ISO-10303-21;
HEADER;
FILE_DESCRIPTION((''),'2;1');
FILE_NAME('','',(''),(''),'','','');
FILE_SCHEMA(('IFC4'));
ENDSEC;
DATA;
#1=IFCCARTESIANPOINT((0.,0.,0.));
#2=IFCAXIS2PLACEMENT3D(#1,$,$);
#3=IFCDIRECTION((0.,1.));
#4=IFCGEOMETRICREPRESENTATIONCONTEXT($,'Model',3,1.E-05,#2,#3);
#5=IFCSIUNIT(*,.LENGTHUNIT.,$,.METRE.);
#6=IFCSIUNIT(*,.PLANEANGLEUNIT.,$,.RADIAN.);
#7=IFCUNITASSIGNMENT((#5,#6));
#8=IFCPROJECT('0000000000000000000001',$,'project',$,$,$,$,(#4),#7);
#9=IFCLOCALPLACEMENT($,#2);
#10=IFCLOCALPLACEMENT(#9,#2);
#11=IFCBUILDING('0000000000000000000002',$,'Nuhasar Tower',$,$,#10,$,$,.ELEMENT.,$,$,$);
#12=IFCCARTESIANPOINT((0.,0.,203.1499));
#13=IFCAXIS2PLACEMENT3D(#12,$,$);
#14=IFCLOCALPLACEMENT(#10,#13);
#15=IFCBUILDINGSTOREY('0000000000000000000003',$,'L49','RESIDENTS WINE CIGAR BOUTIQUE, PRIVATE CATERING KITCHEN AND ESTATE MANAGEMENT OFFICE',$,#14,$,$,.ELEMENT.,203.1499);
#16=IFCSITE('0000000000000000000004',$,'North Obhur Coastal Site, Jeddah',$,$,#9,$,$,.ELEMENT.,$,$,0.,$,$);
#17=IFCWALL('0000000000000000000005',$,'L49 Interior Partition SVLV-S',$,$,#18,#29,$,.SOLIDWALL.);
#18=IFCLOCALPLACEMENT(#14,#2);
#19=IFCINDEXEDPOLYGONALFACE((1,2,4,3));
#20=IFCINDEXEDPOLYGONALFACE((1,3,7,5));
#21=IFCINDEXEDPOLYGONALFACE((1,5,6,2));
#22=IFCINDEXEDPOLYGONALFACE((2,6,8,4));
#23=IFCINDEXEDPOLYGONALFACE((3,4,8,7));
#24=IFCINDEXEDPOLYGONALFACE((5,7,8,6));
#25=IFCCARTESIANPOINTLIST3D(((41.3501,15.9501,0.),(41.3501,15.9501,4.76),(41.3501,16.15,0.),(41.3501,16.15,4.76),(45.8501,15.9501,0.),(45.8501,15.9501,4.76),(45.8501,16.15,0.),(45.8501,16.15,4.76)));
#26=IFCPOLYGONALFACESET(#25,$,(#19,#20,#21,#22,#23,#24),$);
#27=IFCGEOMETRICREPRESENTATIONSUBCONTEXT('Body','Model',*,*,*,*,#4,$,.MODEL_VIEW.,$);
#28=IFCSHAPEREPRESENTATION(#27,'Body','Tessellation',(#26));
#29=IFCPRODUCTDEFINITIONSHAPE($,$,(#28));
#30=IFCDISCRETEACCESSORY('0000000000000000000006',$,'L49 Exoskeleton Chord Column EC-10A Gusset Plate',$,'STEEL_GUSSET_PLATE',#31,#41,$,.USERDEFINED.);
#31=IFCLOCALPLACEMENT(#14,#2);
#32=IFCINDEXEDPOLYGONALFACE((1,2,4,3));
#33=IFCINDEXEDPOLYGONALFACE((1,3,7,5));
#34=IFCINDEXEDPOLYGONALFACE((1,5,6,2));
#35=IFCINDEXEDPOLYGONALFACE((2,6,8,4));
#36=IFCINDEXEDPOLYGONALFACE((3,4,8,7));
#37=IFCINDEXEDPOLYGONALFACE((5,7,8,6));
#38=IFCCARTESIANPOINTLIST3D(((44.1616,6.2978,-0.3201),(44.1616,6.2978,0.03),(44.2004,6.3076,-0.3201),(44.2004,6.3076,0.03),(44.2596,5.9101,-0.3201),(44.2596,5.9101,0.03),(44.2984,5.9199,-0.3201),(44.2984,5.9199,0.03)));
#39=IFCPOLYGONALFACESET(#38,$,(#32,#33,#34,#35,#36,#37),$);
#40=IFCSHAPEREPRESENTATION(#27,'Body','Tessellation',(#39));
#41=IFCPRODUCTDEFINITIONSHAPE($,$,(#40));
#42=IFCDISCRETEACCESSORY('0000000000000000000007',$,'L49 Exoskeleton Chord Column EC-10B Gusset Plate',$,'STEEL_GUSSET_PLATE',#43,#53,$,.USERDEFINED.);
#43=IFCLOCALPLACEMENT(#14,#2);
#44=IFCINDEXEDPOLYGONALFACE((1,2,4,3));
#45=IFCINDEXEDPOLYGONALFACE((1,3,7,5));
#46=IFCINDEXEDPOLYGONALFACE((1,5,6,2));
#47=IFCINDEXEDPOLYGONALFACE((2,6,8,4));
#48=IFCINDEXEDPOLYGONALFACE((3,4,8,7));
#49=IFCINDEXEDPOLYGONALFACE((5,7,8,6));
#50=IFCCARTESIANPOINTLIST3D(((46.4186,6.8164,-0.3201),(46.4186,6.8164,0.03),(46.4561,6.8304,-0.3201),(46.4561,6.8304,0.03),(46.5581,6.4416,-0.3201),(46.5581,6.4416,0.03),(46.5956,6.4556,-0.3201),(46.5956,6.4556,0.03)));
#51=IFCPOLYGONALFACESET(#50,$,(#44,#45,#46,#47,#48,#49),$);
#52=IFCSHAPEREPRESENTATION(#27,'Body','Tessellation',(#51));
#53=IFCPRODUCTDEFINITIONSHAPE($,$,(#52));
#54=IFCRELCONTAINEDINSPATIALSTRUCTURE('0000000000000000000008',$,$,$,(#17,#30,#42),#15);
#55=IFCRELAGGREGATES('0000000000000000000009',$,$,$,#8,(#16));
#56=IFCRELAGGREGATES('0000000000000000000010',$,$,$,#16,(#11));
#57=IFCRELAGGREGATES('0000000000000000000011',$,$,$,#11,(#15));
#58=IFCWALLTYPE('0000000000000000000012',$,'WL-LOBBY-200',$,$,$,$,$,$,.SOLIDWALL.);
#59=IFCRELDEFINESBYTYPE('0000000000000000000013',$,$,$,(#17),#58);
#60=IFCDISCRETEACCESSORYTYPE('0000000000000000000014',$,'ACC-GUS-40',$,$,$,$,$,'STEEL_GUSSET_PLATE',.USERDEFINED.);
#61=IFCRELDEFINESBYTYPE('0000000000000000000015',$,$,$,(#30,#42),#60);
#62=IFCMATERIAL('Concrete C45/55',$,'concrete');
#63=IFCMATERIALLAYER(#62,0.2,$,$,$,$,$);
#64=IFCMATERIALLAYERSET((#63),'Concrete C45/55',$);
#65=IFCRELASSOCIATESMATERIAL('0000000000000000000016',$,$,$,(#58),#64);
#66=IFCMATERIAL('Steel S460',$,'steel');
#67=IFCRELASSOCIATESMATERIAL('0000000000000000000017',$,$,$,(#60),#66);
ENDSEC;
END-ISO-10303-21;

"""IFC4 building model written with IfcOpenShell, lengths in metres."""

from ifc_helpers import new_model, si_unit, direction, frame, frame_2d, origin, origin_2d, place, context, subcontext, project, spatial, rectangle, extrude, material, layer, layer_set, type_object, element, save


model = new_model("IFC4")

# Units and contexts
model_context = context("Model", 3, precision=1e-05, world=origin(), true_north=direction((0.0, 1.0)))
body_context = subcontext(model_context, "Body", "Model", "MODEL_VIEW")
ifc_project = project(units=[si_unit("LENGTHUNIT", "METRE"), si_unit("PLANEANGLEUNIT", "RADIAN")], contexts=[model_context])

# Site, building, storey
site_placement = place(None, origin())
site = spatial("IfcSite", under=ifc_project, at=site_placement, Name="North Obhur Coastal Site, Jeddah", CompositionType="ELEMENT", RefElevation=0.0)
building_placement = place(site_placement, origin())
building = spatial("IfcBuilding", under=site, at=building_placement, Name="Nuhasar Tower", CompositionType="ELEMENT")
storey_placement = place(building_placement, frame((0.0, 0.0, 203.1499)))
storey = spatial("IfcBuildingStorey", under=building, at=storey_placement, Name="L49", Description="RESIDENTS WINE CIGAR BOUTIQUE, PRIVATE CATERING KITCHEN AND ESTATE MANAGEMENT OFFICE", CompositionType="ELEMENT", Elevation=203.1499)

# Shared definitions
ifc_material_1 = material(Name="Steel S460", Category="steel")

# Shared definitions
ifc_material_2 = material(Name="Concrete C45/55", Category="concrete")
ifc_layer_1 = layer(ifc_material_2, 0.2)
ifc_layer_set_1 = layer_set([ifc_layer_1], Name="Concrete C45/55")
wall_type_1 = type_object("IfcWallType", Name="WL-LOBBY-200", PredefinedType="SOLIDWALL", material=ifc_layer_set_1)

# Wall
wall_1_placement = place(storey_placement, frame((41.3501, 16.05, 0.0), z_axis=(0.0, 0.0, 1.0), x_axis=(1.0, 0.0, 0.0)))
element("IfcWall", 1, at=wall_1_placement, inside=storey, type_object=wall_type_1, Name="L49 Interior Partition SVLV-S", PredefinedType="SOLIDWALL", context=body_context, shape_type="SweptSolid", body=[
    extrude(rectangle(XDim=4.5, YDim=0.2, at=frame_2d((2.25, 0.0))), origin(), (0.0, 0.0, 1.0), 4.76),
])

# Discrete accessories
discrete_accessory_type = type_object("IfcDiscreteAccessoryType", Name="ACC-GUS-40", ElementType="STEEL_GUSSET_PLATE", PredefinedType="USERDEFINED", material=ifc_material_1)
for number, where, z_axis, x_axis, name in (
    (2, (44.23, 6.1089, -0.3201), (0.0, 0.0, 1.0), (0.245037, -0.969514, 0.0), "L49 Exoskeleton Chord Column EC-10A Gusset Plate"),
    (3, (46.5071, 6.636, -0.3201), (0.0, 0.0, 1.0), (0.348916, -0.937154, 0.0), "L49 Exoskeleton Chord Column EC-10B Gusset Plate"),
):
    element("IfcDiscreteAccessory", number, at=place(storey_placement, frame(where, z_axis=z_axis, x_axis=x_axis)), inside=storey, type_object=discrete_accessory_type, Name=name, ObjectType="STEEL_GUSSET_PLATE", PredefinedType="USERDEFINED", context=body_context, shape_type="SweptSolid", body=[
        extrude(rectangle(XDim=0.3999, YDim=0.04, at=origin_2d()), origin(), (0.0, 0.0, 1.0), 0.3501),
    ])

save(model, "model.ifc")
